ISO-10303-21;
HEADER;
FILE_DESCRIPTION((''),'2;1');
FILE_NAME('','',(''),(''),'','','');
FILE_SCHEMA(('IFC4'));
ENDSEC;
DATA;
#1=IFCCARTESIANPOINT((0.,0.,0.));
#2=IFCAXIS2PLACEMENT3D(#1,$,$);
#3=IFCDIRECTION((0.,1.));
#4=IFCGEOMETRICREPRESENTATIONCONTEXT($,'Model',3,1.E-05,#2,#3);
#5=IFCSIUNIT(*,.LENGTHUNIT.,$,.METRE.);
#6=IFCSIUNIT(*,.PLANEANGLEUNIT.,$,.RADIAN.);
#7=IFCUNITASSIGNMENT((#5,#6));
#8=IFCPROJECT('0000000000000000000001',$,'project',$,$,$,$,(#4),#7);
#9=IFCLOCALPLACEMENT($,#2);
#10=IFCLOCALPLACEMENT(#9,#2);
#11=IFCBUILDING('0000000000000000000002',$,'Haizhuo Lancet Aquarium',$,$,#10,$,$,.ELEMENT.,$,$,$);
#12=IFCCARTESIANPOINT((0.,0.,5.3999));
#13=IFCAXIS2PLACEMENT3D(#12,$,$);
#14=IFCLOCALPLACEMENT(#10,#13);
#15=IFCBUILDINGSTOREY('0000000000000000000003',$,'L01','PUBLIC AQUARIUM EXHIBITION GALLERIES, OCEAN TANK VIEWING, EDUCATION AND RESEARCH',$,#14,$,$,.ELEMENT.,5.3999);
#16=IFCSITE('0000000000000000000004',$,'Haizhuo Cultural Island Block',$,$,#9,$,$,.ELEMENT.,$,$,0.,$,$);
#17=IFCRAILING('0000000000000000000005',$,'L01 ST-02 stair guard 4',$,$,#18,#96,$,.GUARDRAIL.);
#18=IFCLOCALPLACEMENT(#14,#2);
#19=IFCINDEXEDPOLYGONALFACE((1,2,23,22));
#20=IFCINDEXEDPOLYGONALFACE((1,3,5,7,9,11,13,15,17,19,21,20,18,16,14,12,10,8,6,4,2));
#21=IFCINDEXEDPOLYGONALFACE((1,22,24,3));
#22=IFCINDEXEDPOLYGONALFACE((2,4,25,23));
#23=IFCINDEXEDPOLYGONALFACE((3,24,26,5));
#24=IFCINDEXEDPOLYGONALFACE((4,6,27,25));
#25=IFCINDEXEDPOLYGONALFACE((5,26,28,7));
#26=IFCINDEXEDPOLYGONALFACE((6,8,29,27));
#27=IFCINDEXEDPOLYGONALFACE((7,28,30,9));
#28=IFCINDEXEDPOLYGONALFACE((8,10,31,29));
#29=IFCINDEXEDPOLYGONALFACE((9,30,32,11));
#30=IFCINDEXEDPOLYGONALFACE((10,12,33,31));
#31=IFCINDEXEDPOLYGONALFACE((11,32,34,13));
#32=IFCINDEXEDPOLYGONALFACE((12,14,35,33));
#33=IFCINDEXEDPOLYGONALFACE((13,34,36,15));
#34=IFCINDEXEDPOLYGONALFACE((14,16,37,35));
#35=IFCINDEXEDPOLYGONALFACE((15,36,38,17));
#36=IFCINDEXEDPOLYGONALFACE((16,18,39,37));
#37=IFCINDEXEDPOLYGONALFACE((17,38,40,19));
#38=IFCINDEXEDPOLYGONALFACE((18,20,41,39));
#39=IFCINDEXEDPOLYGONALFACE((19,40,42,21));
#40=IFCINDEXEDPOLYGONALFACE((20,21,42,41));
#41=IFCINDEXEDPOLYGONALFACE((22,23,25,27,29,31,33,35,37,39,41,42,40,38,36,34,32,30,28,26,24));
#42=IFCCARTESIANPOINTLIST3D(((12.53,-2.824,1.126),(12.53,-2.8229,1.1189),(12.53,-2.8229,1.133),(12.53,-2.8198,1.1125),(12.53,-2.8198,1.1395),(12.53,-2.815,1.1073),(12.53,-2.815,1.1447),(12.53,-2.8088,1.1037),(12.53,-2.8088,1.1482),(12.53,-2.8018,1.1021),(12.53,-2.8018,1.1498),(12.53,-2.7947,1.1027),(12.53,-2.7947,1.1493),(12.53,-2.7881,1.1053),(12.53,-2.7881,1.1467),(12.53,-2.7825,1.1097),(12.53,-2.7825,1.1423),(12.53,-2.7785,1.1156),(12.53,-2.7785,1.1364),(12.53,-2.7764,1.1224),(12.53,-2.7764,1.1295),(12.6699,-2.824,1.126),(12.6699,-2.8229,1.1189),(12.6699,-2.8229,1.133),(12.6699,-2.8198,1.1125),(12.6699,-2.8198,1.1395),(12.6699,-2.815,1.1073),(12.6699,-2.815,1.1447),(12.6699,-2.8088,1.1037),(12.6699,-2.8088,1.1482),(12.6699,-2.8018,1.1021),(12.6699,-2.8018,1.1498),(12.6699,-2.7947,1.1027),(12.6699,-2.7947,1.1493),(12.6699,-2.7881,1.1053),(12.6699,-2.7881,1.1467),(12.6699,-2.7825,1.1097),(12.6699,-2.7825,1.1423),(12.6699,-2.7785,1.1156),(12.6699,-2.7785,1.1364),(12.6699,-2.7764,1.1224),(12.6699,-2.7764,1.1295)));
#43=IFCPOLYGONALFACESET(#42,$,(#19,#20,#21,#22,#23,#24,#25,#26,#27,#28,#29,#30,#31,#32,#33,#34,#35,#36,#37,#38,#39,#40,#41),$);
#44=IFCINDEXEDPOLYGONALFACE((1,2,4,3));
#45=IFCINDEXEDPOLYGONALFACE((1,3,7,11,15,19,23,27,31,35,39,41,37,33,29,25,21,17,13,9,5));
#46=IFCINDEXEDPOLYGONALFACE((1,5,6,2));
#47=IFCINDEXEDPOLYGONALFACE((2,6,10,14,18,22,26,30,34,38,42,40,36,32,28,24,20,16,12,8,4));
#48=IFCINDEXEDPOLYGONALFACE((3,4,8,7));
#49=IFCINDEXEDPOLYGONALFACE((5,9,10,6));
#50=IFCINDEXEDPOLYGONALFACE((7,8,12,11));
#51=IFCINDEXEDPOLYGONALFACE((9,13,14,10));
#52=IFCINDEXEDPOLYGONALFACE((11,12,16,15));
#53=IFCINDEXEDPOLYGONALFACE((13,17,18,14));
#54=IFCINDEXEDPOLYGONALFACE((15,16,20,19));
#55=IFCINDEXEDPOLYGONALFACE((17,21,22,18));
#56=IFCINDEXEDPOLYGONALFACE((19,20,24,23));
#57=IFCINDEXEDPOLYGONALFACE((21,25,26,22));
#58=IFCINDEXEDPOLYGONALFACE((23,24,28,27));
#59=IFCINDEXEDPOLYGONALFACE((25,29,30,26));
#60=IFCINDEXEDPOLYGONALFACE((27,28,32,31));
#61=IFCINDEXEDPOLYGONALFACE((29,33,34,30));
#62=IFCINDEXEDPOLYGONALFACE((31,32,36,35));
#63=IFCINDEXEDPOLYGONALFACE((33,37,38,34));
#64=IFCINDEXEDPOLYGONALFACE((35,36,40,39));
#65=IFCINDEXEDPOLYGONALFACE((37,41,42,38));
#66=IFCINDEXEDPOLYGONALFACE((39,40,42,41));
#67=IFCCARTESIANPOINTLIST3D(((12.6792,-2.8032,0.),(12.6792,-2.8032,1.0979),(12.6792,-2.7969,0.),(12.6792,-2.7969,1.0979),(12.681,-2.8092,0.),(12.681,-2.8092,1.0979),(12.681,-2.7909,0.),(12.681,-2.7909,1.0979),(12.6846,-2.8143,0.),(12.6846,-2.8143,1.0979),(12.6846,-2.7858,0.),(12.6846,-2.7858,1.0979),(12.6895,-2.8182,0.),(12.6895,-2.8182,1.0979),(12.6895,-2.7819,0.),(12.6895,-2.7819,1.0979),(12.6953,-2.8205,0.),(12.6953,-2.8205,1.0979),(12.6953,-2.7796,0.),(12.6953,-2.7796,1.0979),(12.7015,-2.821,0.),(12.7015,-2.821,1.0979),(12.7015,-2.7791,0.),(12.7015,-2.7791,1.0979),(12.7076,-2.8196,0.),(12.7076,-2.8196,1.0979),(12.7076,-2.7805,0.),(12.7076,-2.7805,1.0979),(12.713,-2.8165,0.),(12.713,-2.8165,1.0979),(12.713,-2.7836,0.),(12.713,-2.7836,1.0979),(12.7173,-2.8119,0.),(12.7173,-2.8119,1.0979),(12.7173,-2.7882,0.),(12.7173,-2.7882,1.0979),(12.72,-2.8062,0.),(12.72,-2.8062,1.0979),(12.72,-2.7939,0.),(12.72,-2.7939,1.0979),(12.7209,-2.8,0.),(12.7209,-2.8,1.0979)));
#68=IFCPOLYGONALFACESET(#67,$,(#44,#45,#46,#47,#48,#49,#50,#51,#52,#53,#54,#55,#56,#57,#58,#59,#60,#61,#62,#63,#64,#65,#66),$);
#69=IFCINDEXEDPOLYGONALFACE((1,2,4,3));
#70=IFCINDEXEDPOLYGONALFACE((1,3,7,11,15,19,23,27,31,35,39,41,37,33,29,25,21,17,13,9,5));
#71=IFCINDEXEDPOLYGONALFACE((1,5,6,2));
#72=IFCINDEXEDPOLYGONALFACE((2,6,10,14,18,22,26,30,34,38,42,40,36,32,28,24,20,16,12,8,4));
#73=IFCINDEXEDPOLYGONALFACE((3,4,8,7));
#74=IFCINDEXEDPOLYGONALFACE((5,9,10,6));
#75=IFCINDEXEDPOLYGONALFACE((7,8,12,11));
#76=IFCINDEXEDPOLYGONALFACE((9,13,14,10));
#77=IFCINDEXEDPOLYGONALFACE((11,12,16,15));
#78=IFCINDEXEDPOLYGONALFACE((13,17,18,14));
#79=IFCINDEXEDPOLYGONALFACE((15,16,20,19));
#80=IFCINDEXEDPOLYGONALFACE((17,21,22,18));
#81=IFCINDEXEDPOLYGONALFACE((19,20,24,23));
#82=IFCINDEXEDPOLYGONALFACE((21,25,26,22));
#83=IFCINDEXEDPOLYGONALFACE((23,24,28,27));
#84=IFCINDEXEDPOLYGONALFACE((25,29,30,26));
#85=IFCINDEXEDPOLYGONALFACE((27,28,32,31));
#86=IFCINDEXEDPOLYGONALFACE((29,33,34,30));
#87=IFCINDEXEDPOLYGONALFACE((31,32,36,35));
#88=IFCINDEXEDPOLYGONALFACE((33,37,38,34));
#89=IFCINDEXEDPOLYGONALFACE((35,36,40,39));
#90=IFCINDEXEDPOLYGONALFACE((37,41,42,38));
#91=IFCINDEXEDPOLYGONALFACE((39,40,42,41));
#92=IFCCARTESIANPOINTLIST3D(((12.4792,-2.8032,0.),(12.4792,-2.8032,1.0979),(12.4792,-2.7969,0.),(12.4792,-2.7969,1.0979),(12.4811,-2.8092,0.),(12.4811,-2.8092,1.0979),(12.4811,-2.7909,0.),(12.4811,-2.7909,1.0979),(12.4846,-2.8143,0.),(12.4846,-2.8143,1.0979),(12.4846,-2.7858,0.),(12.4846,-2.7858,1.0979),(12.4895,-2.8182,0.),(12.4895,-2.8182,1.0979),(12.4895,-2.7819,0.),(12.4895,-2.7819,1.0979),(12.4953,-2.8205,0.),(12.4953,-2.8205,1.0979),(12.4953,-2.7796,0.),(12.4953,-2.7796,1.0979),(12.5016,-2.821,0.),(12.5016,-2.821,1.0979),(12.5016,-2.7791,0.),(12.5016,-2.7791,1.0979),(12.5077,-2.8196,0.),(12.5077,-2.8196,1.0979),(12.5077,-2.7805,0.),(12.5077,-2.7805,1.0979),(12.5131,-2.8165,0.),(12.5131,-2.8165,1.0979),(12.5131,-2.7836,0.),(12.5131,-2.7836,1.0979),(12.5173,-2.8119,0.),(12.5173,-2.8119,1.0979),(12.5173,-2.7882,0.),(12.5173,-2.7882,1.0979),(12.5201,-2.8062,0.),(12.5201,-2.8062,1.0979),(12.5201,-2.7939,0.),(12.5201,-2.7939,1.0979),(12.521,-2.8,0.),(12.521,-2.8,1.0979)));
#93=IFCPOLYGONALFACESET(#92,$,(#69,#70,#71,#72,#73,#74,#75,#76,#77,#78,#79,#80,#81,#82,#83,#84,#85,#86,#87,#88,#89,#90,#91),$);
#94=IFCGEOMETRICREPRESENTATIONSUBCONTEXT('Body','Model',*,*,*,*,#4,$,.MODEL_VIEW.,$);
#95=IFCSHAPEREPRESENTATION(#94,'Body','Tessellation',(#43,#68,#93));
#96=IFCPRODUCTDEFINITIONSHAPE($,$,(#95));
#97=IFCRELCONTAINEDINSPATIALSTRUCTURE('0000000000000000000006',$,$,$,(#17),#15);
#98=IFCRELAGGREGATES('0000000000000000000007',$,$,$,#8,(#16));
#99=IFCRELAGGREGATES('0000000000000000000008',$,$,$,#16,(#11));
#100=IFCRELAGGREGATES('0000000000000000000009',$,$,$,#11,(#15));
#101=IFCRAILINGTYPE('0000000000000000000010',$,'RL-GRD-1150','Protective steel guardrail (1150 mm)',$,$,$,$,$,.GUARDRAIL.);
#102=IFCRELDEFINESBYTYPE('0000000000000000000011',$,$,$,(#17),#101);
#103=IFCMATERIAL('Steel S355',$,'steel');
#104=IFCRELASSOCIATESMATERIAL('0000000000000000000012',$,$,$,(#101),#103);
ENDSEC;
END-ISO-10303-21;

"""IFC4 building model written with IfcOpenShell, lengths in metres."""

from ifc_helpers import new_model, si_unit, direction, frame, origin, origin_2d, place, context, subcontext, project, spatial, circle, extrude, material, type_object, element, save


model = new_model("IFC4")

# Units and contexts
model_context = context("Model", 3, precision=1e-05, world=origin(), true_north=direction((0.0, 1.0)))
body_context = subcontext(model_context, "Body", "Model", "MODEL_VIEW")
ifc_project = project(units=[si_unit("LENGTHUNIT", "METRE"), si_unit("PLANEANGLEUNIT", "RADIAN")], contexts=[model_context])

# Site, building, storey
site_placement = place(None, origin())
site = spatial("IfcSite", under=ifc_project, at=site_placement, Name="Haizhuo Cultural Island Block", CompositionType="ELEMENT", RefElevation=0.0)
building_placement = place(site_placement, origin())
building = spatial("IfcBuilding", under=site, at=building_placement, Name="Haizhuo Lancet Aquarium", CompositionType="ELEMENT")
storey_placement = place(building_placement, frame((0.0, 0.0, 5.3999)))
storey = spatial("IfcBuildingStorey", under=building, at=storey_placement, Name="L01", Description="PUBLIC AQUARIUM EXHIBITION GALLERIES, OCEAN TANK VIEWING, EDUCATION AND RESEARCH", CompositionType="ELEMENT", Elevation=5.3999)

# Shared definitions
ifc_material_1 = material(Name="Steel S355", Category="steel")

# Railing
railing_type_1 = type_object("IfcRailingType", Name="RL-GRD-1150", Description="Protective steel guardrail (1150 mm)", PredefinedType="GUARDRAIL", material=ifc_material_1)
railing_1_placement = place(storey_placement, frame((12.7, -2.8, 0.0)))
element("IfcRailing", 1, at=railing_1_placement, inside=storey, type_object=railing_type_1, Name="L01 ST-02 stair guard 4", PredefinedType="GUARDRAIL", context=body_context, shape_type="SweptSolid", body=[
    extrude(circle(Radius=0.0239, at=origin_2d()), frame((-0.03, 0.0, 1.126), z_axis=(-1.0, 0.0, 0.0), x_axis=(0.0, -1.0, 0.0)), (0.0, 0.0, 1.0), 0.1399),
    extrude(circle(Radius=0.021, at=origin_2d()), origin(), (0.0, 0.0, 1.0), 1.0979),
    extrude(circle(Radius=0.021, at=origin_2d()), frame((-0.2, 0.0, 0.0)), (0.0, 0.0, 1.0), 1.0979),
])

save(model, "model.ifc")
